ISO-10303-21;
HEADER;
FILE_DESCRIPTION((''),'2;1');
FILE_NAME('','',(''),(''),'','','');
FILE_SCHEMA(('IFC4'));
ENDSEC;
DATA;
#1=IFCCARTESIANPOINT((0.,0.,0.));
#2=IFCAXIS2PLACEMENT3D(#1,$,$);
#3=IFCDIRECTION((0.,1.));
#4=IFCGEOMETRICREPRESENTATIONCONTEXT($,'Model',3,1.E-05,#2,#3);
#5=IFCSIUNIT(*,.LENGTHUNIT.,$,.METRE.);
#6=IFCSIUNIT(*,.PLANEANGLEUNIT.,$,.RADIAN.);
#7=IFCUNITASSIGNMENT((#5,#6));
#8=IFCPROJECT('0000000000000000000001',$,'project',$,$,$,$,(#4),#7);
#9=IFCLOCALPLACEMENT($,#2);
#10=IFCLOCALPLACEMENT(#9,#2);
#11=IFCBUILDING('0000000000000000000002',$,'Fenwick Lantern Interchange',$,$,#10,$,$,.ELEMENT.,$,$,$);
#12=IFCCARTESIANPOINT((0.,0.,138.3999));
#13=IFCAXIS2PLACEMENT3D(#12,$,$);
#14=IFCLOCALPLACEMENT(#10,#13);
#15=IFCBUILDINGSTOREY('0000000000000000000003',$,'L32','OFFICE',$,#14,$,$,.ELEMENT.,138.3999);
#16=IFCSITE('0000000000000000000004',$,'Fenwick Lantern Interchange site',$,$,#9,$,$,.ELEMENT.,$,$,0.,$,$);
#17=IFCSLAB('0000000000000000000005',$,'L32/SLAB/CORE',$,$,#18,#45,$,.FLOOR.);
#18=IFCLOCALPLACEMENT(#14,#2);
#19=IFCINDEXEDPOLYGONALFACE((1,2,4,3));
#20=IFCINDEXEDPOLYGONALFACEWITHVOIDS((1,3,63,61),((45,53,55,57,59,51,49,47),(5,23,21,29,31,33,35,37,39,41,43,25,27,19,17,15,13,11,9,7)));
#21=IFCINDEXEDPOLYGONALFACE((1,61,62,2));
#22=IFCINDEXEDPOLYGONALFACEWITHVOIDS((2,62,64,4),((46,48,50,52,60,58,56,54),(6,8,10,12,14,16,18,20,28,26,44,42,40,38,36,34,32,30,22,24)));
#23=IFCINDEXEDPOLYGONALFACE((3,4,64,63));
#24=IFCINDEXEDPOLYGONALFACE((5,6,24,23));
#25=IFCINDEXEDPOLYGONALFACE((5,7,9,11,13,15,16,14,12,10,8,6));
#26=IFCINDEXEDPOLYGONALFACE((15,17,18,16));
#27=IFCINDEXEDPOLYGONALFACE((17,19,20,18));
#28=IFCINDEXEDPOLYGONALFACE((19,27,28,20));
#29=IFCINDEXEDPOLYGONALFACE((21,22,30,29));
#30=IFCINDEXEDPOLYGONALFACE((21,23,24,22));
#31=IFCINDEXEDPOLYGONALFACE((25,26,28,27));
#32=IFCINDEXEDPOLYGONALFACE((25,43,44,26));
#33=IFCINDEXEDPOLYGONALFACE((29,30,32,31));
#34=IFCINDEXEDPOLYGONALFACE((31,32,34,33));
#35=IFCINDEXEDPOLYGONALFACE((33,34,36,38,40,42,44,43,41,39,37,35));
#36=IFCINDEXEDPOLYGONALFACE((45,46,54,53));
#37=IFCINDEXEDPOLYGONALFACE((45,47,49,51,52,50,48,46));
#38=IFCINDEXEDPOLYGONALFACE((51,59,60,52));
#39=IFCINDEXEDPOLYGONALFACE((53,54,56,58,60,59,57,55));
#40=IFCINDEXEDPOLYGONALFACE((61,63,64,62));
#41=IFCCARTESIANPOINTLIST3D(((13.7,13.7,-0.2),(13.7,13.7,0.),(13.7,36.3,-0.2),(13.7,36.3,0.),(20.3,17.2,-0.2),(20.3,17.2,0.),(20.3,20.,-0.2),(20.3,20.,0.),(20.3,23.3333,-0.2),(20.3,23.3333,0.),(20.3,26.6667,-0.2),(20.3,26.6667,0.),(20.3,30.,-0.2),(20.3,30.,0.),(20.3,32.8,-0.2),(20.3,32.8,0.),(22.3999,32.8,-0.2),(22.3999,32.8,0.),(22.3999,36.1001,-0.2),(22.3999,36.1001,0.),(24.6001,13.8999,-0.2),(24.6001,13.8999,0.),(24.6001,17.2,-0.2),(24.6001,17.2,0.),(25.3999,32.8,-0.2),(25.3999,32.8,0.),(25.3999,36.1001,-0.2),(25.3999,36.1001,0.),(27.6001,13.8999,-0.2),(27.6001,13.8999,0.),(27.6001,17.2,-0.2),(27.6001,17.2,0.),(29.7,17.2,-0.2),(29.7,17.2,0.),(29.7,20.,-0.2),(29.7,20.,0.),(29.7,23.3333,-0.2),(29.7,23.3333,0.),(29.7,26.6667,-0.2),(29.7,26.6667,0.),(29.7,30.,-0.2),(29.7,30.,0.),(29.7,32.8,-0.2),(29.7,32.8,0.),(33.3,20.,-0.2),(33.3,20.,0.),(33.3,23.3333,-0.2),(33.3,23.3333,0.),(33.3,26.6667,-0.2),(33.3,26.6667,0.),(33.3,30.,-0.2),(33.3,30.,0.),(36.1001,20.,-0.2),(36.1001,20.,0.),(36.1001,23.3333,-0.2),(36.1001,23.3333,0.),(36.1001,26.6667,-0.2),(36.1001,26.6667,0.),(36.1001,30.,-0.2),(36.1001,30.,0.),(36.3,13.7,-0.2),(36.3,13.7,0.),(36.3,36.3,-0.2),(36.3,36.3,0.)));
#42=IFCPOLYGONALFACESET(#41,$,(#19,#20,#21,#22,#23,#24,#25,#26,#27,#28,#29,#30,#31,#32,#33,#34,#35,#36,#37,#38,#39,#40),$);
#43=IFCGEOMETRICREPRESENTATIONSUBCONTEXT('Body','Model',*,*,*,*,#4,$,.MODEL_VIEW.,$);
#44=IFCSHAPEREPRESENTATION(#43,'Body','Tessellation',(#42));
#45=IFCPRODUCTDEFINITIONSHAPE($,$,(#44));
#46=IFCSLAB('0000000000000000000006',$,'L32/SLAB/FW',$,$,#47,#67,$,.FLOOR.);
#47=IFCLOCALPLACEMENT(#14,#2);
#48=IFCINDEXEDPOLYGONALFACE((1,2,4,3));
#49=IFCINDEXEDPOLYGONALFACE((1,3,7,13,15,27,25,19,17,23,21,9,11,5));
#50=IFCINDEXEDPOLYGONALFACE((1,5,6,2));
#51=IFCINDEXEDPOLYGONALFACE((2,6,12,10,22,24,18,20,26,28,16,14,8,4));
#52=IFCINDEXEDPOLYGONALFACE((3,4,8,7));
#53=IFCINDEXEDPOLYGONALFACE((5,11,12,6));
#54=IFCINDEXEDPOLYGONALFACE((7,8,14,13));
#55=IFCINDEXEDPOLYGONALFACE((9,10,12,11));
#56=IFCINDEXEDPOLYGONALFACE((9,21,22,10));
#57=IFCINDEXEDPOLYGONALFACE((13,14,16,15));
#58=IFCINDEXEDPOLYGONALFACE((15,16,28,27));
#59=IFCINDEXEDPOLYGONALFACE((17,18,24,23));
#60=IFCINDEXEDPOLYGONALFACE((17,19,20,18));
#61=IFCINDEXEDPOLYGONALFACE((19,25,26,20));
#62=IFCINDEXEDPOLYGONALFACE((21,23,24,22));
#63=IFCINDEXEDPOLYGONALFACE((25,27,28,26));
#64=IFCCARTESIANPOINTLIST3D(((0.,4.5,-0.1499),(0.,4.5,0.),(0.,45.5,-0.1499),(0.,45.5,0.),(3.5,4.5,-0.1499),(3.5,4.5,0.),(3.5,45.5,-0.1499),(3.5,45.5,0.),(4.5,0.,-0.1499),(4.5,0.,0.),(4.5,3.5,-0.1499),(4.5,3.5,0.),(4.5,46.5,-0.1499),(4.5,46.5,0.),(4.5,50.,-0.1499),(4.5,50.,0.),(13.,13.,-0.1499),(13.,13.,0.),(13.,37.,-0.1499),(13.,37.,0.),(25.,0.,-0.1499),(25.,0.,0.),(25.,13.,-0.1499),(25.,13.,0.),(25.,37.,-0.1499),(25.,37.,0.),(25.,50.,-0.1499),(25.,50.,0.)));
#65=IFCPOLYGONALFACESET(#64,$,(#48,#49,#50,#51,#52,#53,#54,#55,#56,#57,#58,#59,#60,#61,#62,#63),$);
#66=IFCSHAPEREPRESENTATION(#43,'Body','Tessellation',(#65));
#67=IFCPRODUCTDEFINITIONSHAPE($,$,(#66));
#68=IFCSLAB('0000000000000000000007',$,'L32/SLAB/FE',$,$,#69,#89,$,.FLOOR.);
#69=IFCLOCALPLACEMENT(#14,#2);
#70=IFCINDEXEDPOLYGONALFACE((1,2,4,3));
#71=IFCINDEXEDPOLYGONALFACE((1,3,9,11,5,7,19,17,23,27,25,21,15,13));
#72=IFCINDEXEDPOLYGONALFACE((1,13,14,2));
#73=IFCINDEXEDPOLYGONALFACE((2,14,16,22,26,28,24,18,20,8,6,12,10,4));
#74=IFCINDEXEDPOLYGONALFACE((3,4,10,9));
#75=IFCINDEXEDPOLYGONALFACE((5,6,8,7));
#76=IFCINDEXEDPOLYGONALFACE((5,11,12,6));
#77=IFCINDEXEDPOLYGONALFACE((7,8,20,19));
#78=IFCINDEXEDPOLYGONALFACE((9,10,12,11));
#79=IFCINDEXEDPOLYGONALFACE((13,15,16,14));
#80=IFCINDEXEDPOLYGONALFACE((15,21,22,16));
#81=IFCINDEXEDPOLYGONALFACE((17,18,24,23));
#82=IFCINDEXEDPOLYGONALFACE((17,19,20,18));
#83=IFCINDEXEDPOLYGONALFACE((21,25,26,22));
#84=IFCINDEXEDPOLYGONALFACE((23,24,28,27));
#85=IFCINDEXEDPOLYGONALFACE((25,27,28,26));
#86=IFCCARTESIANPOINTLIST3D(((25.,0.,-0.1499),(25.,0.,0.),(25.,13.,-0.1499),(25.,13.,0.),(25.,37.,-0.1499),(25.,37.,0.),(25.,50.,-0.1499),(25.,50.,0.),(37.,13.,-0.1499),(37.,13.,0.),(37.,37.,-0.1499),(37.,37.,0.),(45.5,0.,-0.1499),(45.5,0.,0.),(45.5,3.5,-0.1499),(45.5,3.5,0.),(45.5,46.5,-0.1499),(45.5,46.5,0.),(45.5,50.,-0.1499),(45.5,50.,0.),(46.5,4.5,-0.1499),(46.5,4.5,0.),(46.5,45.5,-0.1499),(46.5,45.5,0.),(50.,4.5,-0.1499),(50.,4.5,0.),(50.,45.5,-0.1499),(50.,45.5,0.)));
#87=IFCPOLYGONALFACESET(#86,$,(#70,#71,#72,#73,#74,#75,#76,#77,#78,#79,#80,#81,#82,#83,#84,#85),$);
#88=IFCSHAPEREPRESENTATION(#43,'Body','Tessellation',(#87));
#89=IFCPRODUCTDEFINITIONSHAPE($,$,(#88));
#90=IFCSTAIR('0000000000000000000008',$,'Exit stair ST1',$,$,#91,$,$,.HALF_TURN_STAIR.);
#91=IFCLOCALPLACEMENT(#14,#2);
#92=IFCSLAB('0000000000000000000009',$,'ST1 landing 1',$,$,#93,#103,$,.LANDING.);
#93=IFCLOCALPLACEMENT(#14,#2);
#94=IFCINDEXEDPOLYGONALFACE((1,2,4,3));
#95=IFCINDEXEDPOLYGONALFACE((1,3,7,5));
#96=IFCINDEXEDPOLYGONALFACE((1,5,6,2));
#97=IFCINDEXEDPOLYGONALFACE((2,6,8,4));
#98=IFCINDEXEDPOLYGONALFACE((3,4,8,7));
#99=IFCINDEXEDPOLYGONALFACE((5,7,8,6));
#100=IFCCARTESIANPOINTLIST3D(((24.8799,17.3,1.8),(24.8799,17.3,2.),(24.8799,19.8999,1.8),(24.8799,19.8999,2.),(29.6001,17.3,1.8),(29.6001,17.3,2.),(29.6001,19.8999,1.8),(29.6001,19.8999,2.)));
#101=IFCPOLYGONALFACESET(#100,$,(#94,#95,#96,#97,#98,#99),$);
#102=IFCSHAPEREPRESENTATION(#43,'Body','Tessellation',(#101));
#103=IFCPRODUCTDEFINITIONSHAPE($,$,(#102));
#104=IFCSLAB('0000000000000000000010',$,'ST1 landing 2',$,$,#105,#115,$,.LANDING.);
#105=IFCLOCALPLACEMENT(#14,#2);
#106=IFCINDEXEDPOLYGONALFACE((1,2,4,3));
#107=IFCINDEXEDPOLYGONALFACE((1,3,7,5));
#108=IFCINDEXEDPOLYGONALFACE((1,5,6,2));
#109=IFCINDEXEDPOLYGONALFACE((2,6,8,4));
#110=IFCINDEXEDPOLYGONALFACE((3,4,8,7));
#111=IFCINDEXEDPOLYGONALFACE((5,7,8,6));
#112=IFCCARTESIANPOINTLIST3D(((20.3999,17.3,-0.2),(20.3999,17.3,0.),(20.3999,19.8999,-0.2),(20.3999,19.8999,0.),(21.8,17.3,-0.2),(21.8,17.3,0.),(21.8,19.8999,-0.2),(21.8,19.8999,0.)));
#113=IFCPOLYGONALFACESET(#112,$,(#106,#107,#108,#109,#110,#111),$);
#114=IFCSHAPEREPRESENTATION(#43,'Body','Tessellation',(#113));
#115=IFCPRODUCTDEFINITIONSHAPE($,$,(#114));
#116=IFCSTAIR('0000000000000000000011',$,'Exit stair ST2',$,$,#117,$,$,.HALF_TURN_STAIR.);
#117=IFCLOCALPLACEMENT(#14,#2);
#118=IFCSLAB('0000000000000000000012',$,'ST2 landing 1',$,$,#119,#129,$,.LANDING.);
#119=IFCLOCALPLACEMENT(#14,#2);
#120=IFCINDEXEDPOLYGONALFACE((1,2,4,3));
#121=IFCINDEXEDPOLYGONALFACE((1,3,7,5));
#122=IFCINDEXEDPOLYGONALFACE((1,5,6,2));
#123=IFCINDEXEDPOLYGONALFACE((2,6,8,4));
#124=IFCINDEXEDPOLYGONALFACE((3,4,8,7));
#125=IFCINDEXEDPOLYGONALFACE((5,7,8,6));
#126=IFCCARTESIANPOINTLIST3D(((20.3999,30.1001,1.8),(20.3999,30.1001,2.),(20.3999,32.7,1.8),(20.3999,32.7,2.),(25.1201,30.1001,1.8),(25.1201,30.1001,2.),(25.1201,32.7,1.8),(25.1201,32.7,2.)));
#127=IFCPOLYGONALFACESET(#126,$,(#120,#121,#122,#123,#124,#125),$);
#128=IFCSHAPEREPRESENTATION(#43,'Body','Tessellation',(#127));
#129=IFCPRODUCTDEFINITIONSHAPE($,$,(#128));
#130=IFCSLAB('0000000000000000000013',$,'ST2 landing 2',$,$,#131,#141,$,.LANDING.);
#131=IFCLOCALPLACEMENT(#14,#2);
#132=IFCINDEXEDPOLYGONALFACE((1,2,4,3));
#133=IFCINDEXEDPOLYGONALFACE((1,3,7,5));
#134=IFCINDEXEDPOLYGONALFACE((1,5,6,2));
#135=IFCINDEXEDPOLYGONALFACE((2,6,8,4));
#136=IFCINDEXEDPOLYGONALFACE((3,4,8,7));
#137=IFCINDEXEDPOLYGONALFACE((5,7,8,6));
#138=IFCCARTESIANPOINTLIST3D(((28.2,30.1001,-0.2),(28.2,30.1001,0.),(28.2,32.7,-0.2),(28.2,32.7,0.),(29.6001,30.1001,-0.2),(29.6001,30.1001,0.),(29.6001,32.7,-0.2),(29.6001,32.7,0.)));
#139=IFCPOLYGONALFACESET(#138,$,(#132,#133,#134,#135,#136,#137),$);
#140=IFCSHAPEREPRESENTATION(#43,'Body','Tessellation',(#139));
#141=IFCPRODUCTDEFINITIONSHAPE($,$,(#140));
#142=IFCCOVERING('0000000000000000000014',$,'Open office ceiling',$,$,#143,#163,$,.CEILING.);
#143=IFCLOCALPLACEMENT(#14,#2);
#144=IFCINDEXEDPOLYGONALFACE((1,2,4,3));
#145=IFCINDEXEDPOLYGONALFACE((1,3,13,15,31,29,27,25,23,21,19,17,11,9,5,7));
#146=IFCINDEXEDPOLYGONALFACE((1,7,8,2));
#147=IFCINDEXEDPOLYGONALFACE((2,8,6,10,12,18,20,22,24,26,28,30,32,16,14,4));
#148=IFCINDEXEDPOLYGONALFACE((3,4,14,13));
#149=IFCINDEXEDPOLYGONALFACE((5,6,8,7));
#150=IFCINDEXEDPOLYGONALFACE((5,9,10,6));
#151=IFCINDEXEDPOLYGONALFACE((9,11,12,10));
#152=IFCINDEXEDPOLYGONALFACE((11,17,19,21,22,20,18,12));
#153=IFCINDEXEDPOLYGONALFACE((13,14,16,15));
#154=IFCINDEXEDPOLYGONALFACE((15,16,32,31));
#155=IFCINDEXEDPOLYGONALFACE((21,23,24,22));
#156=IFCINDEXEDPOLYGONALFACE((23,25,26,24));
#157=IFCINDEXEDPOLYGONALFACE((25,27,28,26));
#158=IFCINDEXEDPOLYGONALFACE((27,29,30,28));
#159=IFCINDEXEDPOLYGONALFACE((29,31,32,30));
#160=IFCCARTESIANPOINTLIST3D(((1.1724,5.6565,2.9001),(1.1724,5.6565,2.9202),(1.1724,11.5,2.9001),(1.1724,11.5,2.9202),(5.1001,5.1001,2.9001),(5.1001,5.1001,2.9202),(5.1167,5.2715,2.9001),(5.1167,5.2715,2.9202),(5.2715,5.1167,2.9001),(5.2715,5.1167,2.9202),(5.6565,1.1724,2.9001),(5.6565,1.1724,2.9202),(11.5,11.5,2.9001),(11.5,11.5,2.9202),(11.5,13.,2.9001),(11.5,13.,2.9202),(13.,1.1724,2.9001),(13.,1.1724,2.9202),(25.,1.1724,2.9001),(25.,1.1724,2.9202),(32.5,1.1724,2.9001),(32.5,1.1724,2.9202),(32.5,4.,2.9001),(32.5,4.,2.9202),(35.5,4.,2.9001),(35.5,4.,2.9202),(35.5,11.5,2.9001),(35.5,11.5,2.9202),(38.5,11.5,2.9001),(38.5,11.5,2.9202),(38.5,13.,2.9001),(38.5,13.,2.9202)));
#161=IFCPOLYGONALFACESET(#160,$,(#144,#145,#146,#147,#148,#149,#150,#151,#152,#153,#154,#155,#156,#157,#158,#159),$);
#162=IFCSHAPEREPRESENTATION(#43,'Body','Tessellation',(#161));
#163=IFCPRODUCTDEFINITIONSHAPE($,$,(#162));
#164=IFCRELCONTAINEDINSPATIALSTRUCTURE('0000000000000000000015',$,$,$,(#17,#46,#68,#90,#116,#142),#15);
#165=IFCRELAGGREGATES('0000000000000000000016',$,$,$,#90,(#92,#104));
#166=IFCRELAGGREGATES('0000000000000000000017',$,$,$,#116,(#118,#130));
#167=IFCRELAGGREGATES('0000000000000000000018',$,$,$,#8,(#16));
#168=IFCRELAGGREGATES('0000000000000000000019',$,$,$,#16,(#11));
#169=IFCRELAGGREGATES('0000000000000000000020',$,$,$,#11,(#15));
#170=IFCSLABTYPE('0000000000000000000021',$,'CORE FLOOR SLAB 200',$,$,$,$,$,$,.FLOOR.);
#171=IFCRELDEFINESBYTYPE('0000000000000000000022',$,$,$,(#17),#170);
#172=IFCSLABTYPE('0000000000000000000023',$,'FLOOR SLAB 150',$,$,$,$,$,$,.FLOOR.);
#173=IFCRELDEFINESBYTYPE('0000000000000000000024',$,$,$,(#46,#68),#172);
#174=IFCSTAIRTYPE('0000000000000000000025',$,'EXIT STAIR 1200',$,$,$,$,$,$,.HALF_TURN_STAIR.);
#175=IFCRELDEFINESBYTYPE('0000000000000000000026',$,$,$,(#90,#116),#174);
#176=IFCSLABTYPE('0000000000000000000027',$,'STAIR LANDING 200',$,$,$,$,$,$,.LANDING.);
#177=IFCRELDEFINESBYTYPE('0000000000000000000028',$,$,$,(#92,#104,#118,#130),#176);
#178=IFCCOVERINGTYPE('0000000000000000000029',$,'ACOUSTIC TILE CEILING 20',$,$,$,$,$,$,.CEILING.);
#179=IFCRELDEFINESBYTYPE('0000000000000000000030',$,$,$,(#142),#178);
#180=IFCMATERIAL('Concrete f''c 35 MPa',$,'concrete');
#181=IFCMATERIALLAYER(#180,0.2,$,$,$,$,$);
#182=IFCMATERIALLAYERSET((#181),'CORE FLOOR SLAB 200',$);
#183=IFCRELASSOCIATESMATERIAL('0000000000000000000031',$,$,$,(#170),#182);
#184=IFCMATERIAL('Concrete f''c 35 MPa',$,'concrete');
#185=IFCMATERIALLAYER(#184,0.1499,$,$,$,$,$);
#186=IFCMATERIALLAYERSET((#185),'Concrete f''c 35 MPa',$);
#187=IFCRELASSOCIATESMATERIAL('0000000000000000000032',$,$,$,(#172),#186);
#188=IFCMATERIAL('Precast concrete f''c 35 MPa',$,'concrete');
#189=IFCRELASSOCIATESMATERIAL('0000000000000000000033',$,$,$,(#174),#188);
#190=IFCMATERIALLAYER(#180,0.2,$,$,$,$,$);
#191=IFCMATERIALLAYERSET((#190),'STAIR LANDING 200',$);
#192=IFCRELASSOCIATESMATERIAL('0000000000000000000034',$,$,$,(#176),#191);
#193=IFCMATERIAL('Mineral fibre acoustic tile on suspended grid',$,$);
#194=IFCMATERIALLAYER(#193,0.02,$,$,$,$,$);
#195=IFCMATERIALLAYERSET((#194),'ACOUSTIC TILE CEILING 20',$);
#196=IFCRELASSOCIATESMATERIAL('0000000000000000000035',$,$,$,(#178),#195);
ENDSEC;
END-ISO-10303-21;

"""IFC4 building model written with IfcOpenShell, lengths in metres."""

from ifc_helpers import new_model, si_unit, direction, frame, origin, place, context, subcontext, project, spatial, polyline, outline, extrude, material, layer, layer_set, type_object, element, aggregate, save


model = new_model("IFC4")

# Units and contexts
model_context = context("Model", 3, precision=1e-05, world=origin(), true_north=direction((0.0, 1.0)))
body_context = subcontext(model_context, "Body", "Model", "MODEL_VIEW")
ifc_project = project(units=[si_unit("LENGTHUNIT", "METRE"), si_unit("PLANEANGLEUNIT", "RADIAN")], contexts=[model_context])

# Site, building, storey
site_placement = place(None, origin())
site = spatial("IfcSite", under=ifc_project, at=site_placement, Name="Fenwick Lantern Interchange site", CompositionType="ELEMENT", RefElevation=0.0)
building_placement = place(site_placement, origin())
building = spatial("IfcBuilding", under=site, at=building_placement, Name="Fenwick Lantern Interchange", CompositionType="ELEMENT")
storey_placement = place(building_placement, frame((0.0, 0.0, 138.3999)))
storey = spatial("IfcBuildingStorey", under=building, at=storey_placement, Name="L32", Description="OFFICE", CompositionType="ELEMENT", Elevation=138.3999)

# Slabs
ifc_material_1 = material(Name="Concrete f'c 35 MPa", Category="concrete")
ifc_layer_1 = layer(ifc_material_1, 0.2)
ifc_layer_set_1 = layer_set([ifc_layer_1], Name="CORE FLOOR SLAB 200")
slab_type_1 = type_object("IfcSlabType", Name="CORE FLOOR SLAB 200", PredefinedType="FLOOR", material=ifc_layer_set_1)
slab_1_placement = place(storey_placement, frame((0.0, 0.0, -0.2)))
element("IfcSlab", 1, at=slab_1_placement, inside=storey, type_object=slab_type_1, Name="L32/SLAB/CORE", PredefinedType="FLOOR", context=body_context, shape_type="SweptSolid", body=[
    extrude(outline(polyline([(13.7, 36.3), (36.3, 36.3), (36.3, 13.7), (13.7, 13.7), (13.7, 36.3)]), holes=[polyline([(29.7, 17.2), (29.7, 20.0), (29.7, 23.3333), (29.7, 26.6667), (29.7, 30.0), (29.7, 32.8), (25.3999, 32.8), (25.3999, 36.1001), (22.3999, 36.1001), (22.3999, 32.8), (20.3, 32.8), (20.3, 30.0), (20.3, 26.6667), (20.3, 23.3333), (20.3, 20.0), (20.3, 17.2), (24.6001, 17.2), (24.6001, 13.8999), (27.6001, 13.8999), (27.6001, 17.2), (29.7, 17.2)]), polyline([(33.3, 23.3333), (33.3, 20.0), (36.1001, 20.0), (36.1001, 23.3333), (36.1001, 26.6667), (36.1001, 30.0), (33.3, 30.0), (33.3, 26.6667), (33.3, 23.3333)])]), origin(), (0.0, 0.0, 1.0), 0.2),
])
ifc_material_2 = material(Name="Concrete f'c 35 MPa", Category="concrete")
ifc_layer_2 = layer(ifc_material_2, 0.1499)
ifc_layer_set_2 = layer_set([ifc_layer_2], Name="Concrete f'c 35 MPa")
slab_type_2 = type_object("IfcSlabType", Name="FLOOR SLAB 150", PredefinedType="FLOOR", material=ifc_layer_set_2)
slab_2_placement = place(storey_placement, frame((0.0, 0.0, -0.1499)))
element("IfcSlab", 2, at=slab_2_placement, inside=storey, type_object=slab_type_2, Name="L32/SLAB/FW", PredefinedType="FLOOR", context=body_context, shape_type="SweptSolid", body=[
    extrude(outline(polyline([(4.5, 0.0), (4.5, 3.5), (3.5, 4.5), (0.0, 4.5), (0.0, 45.5), (3.5, 45.5), (4.5, 46.5), (4.5, 50.0), (25.0, 50.0), (25.0, 37.0), (13.0, 37.0), (13.0, 13.0), (25.0, 13.0), (25.0, 0.0), (4.5, 0.0)])), origin(), (0.0, 0.0, 1.0), 0.1499),
])
slab_3_placement = place(storey_placement, frame((0.0, 0.0, -0.1499)))
element("IfcSlab", 3, at=slab_3_placement, inside=storey, type_object=slab_type_2, Name="L32/SLAB/FE", PredefinedType="FLOOR", context=body_context, shape_type="SweptSolid", body=[
    extrude(outline(polyline([(45.5, 50.0), (45.5, 46.5), (46.5, 45.5), (50.0, 45.5), (50.0, 4.5), (46.5, 4.5), (45.5, 3.5), (45.5, 0.0), (25.0, 0.0), (25.0, 13.0), (37.0, 13.0), (37.0, 37.0), (25.0, 37.0), (25.0, 50.0), (45.5, 50.0)])), origin(), (0.0, 0.0, 1.0), 0.1499),
])

# Stairs, slabs
ifc_material_3 = material(Name="Precast concrete f'c 35 MPa", Category="concrete")
stair_type = type_object("IfcStairType", Name="EXIT STAIR 1200", PredefinedType="HALF_TURN_STAIR", material=ifc_material_3)
stair_1_placement = place(storey_placement, origin())
stair_1 = element("IfcStair", 4, at=stair_1_placement, inside=storey, type_object=stair_type, Name="Exit stair ST1", PredefinedType="HALF_TURN_STAIR")
ifc_layer_3 = layer(ifc_material_1, 0.2)
ifc_layer_set_3 = layer_set([ifc_layer_3], Name="STAIR LANDING 200")
slab_type_3 = type_object("IfcSlabType", Name="STAIR LANDING 200", PredefinedType="LANDING", material=ifc_layer_set_3)
slab_4_placement = place(storey_placement, frame((0.0, 0.0, 1.8)))
slab_4 = element("IfcSlab", 5, at=slab_4_placement, type_object=slab_type_3, Name="ST1 landing 1", PredefinedType="LANDING", context=body_context, shape_type="SweptSolid", body=[
    extrude(outline(polyline([(24.8799, 17.3), (29.6001, 17.3), (29.6001, 19.8999), (24.8799, 19.8999), (24.8799, 17.3)])), origin(), (0.0, 0.0, 1.0), 0.2),
])
slab_5_placement = place(storey_placement, frame((0.0, 0.0, -0.2)))
slab_5 = element("IfcSlab", 6, at=slab_5_placement, type_object=slab_type_3, Name="ST1 landing 2", PredefinedType="LANDING", context=body_context, shape_type="SweptSolid", body=[
    extrude(outline(polyline([(20.3999, 17.3), (21.8, 17.3), (21.8, 19.8999), (20.3999, 19.8999), (20.3999, 17.3)])), origin(), (0.0, 0.0, 1.0), 0.2),
])
aggregate(stair_1, [slab_4, slab_5])
stair_2_placement = place(storey_placement, origin())
stair_2 = element("IfcStair", 7, at=stair_2_placement, inside=storey, type_object=stair_type, Name="Exit stair ST2", PredefinedType="HALF_TURN_STAIR")
slab_6_placement = place(storey_placement, frame((0.0, 0.0, 1.8)))
slab_6 = element("IfcSlab", 8, at=slab_6_placement, type_object=slab_type_3, Name="ST2 landing 1", PredefinedType="LANDING", context=body_context, shape_type="SweptSolid", body=[
    extrude(outline(polyline([(25.1201, 32.7), (20.3999, 32.7), (20.3999, 30.1001), (25.1201, 30.1001), (25.1201, 32.7)])), origin(), (0.0, 0.0, 1.0), 0.2),
])
slab_7_placement = place(storey_placement, frame((0.0, 0.0, -0.2)))
slab_7 = element("IfcSlab", 9, at=slab_7_placement, type_object=slab_type_3, Name="ST2 landing 2", PredefinedType="LANDING", context=body_context, shape_type="SweptSolid", body=[
    extrude(outline(polyline([(29.6001, 32.7), (28.2, 32.7), (28.2, 30.1001), (29.6001, 30.1001), (29.6001, 32.7)])), origin(), (0.0, 0.0, 1.0), 0.2),
])
aggregate(stair_2, [slab_6, slab_7])

# Covering
ifc_material_4 = material(Name="Mineral fibre acoustic tile on suspended grid")
ifc_layer_4 = layer(ifc_material_4, 0.02)
ifc_layer_set_4 = layer_set([ifc_layer_4], Name="ACOUSTIC TILE CEILING 20")
covering_type_1 = type_object("IfcCoveringType", Name="ACOUSTIC TILE CEILING 20", PredefinedType="CEILING", material=ifc_layer_set_4)
covering_1_placement = place(storey_placement, frame((0.0, 0.0, 2.9001)))
element("IfcCovering", 10, at=covering_1_placement, inside=storey, type_object=covering_type_1, Name="Open office ceiling", PredefinedType="CEILING", context=body_context, shape_type="SweptSolid", body=[
    extrude(outline(polyline([(11.5, 11.5), (1.1724, 11.5), (1.1724, 5.6565), (5.1167, 5.2715), (5.1001, 5.1001), (5.2715, 5.1167), (5.6565, 1.1724), (13.0, 1.1724), (25.0, 1.1724), (32.5, 1.1724), (32.5, 4.0), (35.5, 4.0), (35.5, 11.5), (38.5, 11.5), (38.5, 13.0), (11.5, 13.0), (11.5, 11.5)])), origin(), (0.0, 0.0, 1.0), 0.02),
])

save(model, "model.ifc")
